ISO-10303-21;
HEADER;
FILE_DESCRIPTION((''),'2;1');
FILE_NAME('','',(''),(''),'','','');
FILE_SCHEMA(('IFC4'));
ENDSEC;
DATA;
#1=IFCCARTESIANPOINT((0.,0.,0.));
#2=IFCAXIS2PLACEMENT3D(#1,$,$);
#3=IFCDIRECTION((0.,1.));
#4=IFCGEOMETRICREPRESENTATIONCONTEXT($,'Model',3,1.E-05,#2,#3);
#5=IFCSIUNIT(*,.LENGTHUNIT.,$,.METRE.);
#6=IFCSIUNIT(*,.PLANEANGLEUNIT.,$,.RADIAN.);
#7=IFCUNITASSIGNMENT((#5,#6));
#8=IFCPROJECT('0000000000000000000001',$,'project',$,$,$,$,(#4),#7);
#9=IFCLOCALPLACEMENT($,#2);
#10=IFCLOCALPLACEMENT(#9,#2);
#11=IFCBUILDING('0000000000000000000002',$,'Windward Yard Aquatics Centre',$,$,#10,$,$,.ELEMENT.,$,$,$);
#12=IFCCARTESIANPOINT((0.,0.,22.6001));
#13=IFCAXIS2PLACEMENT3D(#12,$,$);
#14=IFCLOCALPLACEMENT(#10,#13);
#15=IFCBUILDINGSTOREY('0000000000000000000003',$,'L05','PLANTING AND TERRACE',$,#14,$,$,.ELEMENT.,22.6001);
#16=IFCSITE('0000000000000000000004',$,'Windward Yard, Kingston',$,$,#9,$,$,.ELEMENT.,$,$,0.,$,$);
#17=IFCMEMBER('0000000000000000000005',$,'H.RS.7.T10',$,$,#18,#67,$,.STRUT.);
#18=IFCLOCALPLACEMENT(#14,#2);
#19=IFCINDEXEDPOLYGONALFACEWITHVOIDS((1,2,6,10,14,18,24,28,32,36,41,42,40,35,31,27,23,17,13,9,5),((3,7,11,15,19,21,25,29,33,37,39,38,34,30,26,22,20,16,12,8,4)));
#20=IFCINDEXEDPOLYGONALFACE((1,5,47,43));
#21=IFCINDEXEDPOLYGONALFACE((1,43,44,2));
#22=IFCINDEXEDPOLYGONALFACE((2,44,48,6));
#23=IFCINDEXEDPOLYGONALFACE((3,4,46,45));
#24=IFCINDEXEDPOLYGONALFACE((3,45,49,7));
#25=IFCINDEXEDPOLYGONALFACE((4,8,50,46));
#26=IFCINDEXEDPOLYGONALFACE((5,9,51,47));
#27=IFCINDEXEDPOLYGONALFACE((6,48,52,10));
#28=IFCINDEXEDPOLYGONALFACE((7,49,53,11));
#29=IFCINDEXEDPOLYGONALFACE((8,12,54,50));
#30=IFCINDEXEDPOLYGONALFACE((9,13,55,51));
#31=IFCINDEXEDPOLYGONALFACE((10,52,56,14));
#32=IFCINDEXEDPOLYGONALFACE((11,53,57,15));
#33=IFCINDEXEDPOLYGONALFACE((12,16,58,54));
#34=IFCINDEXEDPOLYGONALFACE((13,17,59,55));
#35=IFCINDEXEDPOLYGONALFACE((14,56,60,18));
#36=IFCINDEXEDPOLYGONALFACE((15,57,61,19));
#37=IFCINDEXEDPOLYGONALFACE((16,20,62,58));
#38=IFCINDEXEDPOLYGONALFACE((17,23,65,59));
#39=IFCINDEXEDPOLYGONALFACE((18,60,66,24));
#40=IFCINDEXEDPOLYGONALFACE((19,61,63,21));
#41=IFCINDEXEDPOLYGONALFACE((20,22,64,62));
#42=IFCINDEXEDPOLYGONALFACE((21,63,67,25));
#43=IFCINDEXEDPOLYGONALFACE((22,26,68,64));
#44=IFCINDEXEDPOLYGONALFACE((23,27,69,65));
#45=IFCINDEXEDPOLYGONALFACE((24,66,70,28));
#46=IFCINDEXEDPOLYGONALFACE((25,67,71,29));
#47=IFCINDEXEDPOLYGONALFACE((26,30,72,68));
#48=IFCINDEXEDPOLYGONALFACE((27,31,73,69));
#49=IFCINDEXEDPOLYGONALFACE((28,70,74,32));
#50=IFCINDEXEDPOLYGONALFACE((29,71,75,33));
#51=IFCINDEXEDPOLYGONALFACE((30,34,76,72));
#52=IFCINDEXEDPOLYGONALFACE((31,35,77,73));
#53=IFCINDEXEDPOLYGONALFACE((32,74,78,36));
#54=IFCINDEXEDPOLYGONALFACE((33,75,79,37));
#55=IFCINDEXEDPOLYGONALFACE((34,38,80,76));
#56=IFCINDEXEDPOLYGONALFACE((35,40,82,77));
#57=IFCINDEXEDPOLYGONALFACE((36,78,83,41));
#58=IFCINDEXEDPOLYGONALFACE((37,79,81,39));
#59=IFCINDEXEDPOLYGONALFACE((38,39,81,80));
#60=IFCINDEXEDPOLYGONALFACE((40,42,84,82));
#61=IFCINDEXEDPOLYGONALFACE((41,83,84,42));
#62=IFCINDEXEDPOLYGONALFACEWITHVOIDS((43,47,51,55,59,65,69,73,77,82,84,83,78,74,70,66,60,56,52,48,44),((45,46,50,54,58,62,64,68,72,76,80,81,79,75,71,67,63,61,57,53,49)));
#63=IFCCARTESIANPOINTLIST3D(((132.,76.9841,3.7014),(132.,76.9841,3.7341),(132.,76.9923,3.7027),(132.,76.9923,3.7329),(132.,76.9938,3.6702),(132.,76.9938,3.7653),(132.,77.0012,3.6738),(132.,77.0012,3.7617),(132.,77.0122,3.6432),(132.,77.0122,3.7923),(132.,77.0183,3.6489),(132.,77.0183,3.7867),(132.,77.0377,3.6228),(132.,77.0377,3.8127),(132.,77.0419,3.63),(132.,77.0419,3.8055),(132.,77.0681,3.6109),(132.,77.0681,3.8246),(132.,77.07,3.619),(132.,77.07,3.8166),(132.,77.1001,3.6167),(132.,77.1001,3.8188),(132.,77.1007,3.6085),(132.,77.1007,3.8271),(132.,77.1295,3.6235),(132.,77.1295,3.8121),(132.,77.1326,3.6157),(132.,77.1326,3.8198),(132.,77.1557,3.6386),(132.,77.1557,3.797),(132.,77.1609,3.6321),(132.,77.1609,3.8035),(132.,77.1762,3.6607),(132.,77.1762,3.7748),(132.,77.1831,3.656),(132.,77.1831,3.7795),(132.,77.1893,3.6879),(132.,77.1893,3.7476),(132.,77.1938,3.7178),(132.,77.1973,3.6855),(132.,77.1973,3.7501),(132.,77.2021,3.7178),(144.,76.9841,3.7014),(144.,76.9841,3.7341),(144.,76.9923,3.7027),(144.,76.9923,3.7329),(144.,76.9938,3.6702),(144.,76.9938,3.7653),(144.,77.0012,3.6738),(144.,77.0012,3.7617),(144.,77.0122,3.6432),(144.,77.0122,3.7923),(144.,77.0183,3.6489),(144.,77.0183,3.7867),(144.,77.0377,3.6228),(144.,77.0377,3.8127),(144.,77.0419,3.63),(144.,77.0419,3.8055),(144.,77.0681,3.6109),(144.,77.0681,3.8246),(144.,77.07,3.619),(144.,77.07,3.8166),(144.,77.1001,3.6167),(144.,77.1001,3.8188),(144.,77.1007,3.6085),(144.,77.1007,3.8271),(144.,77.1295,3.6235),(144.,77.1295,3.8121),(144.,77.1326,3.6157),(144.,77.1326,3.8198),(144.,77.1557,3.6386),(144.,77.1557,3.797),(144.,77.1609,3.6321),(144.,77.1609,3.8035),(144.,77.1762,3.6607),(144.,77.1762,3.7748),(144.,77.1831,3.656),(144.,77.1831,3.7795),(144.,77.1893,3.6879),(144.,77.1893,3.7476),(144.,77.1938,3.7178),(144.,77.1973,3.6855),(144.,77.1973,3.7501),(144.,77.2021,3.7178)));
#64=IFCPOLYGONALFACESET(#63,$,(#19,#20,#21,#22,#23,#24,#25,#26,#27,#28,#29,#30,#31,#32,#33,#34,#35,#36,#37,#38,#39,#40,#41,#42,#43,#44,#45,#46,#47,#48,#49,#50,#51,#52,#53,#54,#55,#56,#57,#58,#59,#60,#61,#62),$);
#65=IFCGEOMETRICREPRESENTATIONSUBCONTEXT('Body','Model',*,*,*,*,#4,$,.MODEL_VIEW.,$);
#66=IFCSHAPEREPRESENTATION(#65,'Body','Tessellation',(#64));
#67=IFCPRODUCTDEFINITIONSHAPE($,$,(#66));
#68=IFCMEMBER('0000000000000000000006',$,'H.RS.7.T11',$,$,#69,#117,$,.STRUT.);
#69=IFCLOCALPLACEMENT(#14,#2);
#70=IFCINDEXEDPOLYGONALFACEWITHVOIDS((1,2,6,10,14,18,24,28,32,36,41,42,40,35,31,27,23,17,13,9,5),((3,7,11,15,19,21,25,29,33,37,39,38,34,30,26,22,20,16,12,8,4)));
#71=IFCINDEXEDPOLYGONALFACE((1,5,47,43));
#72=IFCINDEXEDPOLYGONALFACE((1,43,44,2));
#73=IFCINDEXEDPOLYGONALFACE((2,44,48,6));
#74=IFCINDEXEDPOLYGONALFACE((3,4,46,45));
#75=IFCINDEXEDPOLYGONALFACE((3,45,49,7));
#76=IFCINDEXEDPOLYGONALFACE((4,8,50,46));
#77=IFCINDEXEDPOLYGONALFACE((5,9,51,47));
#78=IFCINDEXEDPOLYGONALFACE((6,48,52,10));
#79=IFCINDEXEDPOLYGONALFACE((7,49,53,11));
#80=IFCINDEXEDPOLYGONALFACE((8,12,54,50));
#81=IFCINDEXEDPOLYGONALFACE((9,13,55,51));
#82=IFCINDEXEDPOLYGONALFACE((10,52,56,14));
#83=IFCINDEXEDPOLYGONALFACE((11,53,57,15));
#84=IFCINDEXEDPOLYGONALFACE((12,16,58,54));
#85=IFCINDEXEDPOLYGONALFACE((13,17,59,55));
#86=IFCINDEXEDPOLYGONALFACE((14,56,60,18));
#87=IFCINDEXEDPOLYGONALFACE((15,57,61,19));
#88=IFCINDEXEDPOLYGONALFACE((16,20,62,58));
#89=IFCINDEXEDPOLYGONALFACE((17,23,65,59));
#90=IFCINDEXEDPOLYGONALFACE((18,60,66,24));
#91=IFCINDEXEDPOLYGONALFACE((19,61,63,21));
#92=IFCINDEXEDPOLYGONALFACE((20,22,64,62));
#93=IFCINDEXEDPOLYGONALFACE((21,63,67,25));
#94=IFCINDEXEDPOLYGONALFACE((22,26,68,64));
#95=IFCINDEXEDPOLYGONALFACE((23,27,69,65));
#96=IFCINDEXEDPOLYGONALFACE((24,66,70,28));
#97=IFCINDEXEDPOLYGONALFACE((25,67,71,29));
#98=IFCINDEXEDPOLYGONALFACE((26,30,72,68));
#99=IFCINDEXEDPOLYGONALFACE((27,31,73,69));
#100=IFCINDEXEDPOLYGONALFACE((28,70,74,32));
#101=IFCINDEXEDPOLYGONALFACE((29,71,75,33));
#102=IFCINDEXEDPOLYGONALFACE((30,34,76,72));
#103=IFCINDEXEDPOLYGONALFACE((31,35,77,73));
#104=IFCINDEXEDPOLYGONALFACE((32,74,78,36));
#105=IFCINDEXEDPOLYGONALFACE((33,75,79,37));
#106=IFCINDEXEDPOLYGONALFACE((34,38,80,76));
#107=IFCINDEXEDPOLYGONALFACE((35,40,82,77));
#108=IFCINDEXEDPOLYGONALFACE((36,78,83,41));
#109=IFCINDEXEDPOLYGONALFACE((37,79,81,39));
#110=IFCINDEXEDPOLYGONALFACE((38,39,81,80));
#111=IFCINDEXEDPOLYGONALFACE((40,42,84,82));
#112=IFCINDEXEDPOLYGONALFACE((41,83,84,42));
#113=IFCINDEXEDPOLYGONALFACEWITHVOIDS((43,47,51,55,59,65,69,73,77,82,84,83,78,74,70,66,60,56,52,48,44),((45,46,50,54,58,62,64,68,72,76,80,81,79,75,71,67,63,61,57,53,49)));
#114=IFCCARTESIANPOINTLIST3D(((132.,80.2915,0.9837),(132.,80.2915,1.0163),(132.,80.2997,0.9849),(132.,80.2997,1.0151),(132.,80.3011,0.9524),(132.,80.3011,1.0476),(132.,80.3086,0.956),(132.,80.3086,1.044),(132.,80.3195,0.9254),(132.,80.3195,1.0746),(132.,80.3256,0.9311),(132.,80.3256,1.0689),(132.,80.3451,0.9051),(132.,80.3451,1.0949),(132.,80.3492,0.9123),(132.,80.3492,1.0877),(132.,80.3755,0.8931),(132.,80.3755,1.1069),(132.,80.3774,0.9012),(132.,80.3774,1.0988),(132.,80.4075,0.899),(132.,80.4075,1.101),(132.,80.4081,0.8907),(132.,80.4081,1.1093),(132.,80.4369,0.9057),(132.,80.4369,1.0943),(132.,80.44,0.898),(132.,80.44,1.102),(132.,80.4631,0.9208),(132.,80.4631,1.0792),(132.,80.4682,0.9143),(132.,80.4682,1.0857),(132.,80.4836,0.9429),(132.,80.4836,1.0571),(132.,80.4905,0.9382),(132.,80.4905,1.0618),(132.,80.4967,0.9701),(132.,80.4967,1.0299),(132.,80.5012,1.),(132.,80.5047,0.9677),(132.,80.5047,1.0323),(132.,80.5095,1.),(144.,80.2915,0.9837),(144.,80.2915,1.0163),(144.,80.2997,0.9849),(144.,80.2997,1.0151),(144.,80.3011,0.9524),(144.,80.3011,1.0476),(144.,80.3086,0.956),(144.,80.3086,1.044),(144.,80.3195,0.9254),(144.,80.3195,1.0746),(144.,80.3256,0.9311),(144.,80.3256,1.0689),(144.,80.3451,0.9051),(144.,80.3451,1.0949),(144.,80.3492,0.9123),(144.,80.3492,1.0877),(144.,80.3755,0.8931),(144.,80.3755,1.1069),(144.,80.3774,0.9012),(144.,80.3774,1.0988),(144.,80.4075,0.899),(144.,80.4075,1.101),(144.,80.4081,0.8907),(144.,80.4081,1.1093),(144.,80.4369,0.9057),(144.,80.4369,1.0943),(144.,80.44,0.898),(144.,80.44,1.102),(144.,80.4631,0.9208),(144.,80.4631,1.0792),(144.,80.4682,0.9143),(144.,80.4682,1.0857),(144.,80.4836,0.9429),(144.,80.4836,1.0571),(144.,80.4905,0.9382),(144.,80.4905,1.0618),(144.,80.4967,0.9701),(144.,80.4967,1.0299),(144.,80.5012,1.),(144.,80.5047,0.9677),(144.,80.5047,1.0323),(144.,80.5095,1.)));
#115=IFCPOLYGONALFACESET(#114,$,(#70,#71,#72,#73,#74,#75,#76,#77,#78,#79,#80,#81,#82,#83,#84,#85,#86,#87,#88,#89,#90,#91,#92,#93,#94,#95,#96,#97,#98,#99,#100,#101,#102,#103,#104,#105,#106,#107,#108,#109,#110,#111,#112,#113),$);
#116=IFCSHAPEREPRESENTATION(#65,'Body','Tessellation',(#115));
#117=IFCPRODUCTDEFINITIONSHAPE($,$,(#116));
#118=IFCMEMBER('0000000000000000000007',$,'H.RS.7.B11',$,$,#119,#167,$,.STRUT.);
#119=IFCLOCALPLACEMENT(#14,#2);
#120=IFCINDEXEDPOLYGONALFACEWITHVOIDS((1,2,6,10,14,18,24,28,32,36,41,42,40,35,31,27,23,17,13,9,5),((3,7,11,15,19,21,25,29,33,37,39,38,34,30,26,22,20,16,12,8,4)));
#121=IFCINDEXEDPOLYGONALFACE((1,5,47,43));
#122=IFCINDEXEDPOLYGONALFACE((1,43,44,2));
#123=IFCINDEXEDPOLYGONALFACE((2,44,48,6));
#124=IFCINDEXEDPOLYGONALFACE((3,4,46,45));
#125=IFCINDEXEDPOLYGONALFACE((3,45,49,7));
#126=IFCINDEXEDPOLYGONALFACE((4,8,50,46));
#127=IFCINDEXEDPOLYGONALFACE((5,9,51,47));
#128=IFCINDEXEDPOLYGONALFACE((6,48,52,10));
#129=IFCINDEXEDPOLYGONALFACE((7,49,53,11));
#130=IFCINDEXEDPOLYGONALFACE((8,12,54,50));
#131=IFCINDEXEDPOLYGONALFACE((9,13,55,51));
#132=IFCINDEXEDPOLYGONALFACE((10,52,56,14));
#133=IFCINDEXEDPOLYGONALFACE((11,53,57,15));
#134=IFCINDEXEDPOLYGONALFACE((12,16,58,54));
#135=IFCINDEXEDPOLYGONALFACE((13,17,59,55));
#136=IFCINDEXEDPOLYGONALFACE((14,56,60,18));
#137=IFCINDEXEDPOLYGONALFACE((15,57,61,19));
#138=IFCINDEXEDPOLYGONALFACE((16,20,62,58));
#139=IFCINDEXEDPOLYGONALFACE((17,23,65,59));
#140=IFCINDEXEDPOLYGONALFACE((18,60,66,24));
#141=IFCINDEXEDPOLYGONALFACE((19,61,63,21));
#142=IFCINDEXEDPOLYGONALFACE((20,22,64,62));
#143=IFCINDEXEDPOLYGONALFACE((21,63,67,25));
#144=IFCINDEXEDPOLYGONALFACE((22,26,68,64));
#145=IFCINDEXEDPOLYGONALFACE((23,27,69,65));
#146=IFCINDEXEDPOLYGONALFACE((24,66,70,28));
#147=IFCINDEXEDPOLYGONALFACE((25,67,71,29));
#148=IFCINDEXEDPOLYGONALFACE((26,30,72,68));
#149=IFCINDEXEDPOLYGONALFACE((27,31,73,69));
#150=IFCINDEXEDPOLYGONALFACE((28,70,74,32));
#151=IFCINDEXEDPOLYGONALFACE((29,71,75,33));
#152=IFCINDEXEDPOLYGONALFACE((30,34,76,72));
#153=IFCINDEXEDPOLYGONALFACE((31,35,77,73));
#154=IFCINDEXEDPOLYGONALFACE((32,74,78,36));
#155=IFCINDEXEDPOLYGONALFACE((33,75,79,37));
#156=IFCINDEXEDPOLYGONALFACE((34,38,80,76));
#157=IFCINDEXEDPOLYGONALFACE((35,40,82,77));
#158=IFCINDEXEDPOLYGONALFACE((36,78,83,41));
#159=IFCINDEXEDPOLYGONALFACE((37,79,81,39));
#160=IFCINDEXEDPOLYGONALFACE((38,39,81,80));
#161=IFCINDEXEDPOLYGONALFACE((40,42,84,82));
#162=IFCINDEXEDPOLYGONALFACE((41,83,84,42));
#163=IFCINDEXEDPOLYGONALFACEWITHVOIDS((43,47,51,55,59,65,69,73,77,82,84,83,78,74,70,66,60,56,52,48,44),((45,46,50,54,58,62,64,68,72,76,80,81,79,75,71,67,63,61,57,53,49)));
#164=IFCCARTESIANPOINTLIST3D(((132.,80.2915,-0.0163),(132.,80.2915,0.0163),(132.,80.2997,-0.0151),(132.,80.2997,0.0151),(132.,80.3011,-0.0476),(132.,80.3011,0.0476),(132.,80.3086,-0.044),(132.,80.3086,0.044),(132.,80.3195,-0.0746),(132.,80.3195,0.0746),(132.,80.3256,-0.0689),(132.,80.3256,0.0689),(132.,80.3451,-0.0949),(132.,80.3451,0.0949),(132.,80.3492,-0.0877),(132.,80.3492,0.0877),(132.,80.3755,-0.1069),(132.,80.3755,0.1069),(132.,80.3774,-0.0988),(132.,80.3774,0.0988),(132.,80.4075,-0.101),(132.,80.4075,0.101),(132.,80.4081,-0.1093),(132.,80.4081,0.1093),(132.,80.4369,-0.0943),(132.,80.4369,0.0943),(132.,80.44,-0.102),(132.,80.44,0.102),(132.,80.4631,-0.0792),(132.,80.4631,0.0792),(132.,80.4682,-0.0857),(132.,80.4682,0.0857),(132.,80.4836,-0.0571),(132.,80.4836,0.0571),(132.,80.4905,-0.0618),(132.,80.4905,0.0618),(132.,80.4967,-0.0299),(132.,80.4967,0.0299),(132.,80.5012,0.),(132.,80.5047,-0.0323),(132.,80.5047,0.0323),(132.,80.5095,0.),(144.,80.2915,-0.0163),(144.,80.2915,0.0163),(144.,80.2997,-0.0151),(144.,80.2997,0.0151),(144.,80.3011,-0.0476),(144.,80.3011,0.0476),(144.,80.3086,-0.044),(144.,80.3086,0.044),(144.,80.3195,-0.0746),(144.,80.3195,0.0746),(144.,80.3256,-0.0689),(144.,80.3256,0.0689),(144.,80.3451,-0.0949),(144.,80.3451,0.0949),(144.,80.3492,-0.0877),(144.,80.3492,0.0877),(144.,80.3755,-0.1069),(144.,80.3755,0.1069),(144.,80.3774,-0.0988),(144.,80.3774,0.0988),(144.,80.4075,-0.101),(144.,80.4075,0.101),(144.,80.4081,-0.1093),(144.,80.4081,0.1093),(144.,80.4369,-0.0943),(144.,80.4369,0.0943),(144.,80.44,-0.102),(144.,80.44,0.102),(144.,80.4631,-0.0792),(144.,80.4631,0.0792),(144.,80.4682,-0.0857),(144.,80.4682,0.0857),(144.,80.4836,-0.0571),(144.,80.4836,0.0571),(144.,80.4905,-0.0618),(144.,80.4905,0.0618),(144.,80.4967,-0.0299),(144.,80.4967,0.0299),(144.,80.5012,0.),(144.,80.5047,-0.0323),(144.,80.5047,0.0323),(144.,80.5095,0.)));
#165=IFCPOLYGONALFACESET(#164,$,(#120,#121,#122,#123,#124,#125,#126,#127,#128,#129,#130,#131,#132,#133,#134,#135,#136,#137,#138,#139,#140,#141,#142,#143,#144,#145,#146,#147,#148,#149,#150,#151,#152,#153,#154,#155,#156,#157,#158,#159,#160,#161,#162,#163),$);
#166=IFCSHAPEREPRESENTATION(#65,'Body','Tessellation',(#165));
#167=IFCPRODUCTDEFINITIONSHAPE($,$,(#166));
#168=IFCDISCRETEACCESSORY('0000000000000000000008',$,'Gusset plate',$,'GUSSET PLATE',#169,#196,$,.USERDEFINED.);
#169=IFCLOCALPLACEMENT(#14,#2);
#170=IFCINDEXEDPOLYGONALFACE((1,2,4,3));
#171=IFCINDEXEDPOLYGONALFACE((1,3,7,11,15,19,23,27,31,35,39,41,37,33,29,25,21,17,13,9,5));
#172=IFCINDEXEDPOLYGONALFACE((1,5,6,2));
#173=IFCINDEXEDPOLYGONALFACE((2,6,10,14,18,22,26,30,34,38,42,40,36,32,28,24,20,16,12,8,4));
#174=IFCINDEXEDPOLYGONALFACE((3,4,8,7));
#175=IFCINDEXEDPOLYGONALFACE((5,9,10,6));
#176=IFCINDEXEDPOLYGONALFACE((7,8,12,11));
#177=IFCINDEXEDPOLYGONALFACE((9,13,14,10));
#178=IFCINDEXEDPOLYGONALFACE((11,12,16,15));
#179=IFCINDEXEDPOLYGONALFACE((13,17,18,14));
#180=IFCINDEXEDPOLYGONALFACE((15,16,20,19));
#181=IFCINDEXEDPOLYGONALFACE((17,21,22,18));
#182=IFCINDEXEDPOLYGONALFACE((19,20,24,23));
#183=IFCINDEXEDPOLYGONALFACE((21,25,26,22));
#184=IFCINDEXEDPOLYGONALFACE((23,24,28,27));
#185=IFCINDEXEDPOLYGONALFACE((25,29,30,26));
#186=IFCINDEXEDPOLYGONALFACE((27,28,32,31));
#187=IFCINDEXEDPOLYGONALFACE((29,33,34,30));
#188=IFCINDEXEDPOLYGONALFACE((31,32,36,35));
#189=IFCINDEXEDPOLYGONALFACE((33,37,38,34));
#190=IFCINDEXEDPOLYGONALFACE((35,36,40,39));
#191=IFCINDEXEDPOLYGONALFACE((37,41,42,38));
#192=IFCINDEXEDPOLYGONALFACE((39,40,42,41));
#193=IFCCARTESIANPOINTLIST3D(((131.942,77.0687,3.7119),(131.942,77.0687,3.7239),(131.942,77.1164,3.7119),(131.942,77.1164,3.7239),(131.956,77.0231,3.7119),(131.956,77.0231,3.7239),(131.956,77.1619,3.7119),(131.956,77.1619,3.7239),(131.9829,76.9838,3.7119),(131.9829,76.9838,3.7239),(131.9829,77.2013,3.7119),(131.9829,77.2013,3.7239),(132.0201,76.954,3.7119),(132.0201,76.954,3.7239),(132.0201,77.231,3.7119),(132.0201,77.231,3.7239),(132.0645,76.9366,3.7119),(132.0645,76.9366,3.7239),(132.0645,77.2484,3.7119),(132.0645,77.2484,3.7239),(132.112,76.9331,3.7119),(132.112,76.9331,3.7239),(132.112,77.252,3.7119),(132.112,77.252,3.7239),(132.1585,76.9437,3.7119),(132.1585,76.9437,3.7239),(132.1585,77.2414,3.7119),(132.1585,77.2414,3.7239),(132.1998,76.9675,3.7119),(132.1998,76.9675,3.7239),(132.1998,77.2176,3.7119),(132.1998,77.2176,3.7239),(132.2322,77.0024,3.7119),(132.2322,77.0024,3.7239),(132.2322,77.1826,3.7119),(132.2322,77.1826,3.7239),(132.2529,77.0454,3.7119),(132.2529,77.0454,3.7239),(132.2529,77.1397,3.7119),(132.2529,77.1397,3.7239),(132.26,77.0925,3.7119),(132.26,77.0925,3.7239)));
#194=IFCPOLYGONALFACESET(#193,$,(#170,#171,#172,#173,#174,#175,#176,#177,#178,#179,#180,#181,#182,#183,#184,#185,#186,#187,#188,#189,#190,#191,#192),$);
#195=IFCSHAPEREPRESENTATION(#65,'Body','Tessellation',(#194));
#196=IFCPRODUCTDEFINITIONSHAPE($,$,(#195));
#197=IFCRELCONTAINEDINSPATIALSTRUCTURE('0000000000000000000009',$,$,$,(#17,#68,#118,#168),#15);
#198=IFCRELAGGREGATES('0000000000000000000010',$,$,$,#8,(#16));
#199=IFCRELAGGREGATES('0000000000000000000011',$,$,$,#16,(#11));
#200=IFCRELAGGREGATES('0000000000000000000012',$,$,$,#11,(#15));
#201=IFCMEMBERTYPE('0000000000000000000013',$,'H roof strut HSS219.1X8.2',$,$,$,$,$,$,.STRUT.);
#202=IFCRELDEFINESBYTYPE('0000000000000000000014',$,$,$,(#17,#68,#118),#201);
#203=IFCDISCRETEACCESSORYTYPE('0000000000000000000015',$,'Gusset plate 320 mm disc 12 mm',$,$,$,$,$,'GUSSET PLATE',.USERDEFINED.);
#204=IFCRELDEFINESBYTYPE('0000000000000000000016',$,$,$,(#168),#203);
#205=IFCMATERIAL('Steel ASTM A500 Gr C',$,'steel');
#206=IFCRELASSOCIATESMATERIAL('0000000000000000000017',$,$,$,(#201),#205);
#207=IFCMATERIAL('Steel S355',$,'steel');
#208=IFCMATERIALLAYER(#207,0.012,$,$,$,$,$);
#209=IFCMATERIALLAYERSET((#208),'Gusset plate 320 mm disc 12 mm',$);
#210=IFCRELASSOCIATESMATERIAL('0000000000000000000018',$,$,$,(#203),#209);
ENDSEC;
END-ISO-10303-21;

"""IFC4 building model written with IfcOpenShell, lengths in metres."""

from ifc_helpers import new_model, si_unit, direction, frame, origin, origin_2d, place, context, subcontext, project, spatial, circle, hollow_circle, extrude, material, layer, layer_set, material_profile, profile_set, type_object, element, save


model = new_model("IFC4")

# Units and contexts
model_context = context("Model", 3, precision=1e-05, world=origin(), true_north=direction((0.0, 1.0)))
body_context = subcontext(model_context, "Body", "Model", "MODEL_VIEW")
ifc_project = project(units=[si_unit("LENGTHUNIT", "METRE"), si_unit("PLANEANGLEUNIT", "RADIAN")], contexts=[model_context])

# Site, building, storey
site_placement = place(None, origin())
site = spatial("IfcSite", under=ifc_project, at=site_placement, Name="Windward Yard, Kingston", CompositionType="ELEMENT", RefElevation=0.0)
building_placement = place(site_placement, origin())
building = spatial("IfcBuilding", under=site, at=building_placement, Name="Windward Yard Aquatics Centre", CompositionType="ELEMENT")
storey_placement = place(building_placement, frame((0.0, 0.0, 22.6001)))
storey = spatial("IfcBuildingStorey", under=building, at=storey_placement, Name="L05", Description="PLANTING AND TERRACE", CompositionType="ELEMENT", Elevation=22.6001)

# Shared definitions
ifc_material_1 = material(Name="Steel ASTM A500 Gr C", Category="steel")

# Members
ifc_material_profile_1 = material_profile(ifc_material_1, hollow_circle(Radius=0.1096, WallThickness=0.0083, at=origin_2d()), Name="HSS219.1X8.2")
ifc_profile_set_1 = profile_set([ifc_material_profile_1], Name="Steel ASTM A500 Gr C")
member_type_1 = type_object("IfcMemberType", Name="H roof strut HSS219.1X8.2", PredefinedType="STRUT", material=ifc_profile_set_1)
for number, where, z_axis, x_axis, name in (
    (1, (132.0, 77.0925, 3.7178), (1.0, 0.0, 0.0), (0.0, 1.0, 0.0), "H.RS.7.T10"),
    (2, (132.0, 80.3999, 1.0), (1.0, 0.0, 0.0), (0.0, 1.0, 0.0), "H.RS.7.T11"),
    (3, (132.0, 80.3999, 0.0), (1.0, 0.0, 0.0), (0.0, 1.0, 0.0), "H.RS.7.B11"),
):
    element("IfcMember", number, at=place(storey_placement, frame(where, z_axis=z_axis, x_axis=x_axis)), inside=storey, type_object=member_type_1, Name=name, PredefinedType="STRUT", context=body_context, shape_type="SweptSolid", body=[
        extrude(hollow_circle(Radius=0.1096, WallThickness=0.0083, at=origin_2d()), origin(), (0.0, 0.0, 1.0), 12.0),
    ])

# Discrete accessory
ifc_material_2 = material(Name="Steel S355", Category="steel")
ifc_layer = layer(ifc_material_2, 0.012)
ifc_layer_set = layer_set([ifc_layer], Name="Gusset plate 320 mm disc 12 mm")
discrete_accessory_type = type_object("IfcDiscreteAccessoryType", Name="Gusset plate 320 mm disc 12 mm", ElementType="GUSSET PLATE", PredefinedType="USERDEFINED", material=ifc_layer_set)
for number, where, z_axis, x_axis, name in (
    (4, (132.1001, 77.0925, 3.7119), (0.0, 0.0, 1.0), (1.0, 0.0, 0.0), "Gusset plate"),
):
    element("IfcDiscreteAccessory", number, at=place(storey_placement, frame(where, z_axis=z_axis, x_axis=x_axis)), inside=storey, type_object=discrete_accessory_type, Name=name, ObjectType="GUSSET PLATE", PredefinedType="USERDEFINED", context=body_context, shape_type="SweptSolid", body=[
        extrude(circle(Radius=0.1599, at=origin_2d()), origin(), (0.0, 0.0, 1.0), 0.012),
    ])

save(model, "model.ifc")
